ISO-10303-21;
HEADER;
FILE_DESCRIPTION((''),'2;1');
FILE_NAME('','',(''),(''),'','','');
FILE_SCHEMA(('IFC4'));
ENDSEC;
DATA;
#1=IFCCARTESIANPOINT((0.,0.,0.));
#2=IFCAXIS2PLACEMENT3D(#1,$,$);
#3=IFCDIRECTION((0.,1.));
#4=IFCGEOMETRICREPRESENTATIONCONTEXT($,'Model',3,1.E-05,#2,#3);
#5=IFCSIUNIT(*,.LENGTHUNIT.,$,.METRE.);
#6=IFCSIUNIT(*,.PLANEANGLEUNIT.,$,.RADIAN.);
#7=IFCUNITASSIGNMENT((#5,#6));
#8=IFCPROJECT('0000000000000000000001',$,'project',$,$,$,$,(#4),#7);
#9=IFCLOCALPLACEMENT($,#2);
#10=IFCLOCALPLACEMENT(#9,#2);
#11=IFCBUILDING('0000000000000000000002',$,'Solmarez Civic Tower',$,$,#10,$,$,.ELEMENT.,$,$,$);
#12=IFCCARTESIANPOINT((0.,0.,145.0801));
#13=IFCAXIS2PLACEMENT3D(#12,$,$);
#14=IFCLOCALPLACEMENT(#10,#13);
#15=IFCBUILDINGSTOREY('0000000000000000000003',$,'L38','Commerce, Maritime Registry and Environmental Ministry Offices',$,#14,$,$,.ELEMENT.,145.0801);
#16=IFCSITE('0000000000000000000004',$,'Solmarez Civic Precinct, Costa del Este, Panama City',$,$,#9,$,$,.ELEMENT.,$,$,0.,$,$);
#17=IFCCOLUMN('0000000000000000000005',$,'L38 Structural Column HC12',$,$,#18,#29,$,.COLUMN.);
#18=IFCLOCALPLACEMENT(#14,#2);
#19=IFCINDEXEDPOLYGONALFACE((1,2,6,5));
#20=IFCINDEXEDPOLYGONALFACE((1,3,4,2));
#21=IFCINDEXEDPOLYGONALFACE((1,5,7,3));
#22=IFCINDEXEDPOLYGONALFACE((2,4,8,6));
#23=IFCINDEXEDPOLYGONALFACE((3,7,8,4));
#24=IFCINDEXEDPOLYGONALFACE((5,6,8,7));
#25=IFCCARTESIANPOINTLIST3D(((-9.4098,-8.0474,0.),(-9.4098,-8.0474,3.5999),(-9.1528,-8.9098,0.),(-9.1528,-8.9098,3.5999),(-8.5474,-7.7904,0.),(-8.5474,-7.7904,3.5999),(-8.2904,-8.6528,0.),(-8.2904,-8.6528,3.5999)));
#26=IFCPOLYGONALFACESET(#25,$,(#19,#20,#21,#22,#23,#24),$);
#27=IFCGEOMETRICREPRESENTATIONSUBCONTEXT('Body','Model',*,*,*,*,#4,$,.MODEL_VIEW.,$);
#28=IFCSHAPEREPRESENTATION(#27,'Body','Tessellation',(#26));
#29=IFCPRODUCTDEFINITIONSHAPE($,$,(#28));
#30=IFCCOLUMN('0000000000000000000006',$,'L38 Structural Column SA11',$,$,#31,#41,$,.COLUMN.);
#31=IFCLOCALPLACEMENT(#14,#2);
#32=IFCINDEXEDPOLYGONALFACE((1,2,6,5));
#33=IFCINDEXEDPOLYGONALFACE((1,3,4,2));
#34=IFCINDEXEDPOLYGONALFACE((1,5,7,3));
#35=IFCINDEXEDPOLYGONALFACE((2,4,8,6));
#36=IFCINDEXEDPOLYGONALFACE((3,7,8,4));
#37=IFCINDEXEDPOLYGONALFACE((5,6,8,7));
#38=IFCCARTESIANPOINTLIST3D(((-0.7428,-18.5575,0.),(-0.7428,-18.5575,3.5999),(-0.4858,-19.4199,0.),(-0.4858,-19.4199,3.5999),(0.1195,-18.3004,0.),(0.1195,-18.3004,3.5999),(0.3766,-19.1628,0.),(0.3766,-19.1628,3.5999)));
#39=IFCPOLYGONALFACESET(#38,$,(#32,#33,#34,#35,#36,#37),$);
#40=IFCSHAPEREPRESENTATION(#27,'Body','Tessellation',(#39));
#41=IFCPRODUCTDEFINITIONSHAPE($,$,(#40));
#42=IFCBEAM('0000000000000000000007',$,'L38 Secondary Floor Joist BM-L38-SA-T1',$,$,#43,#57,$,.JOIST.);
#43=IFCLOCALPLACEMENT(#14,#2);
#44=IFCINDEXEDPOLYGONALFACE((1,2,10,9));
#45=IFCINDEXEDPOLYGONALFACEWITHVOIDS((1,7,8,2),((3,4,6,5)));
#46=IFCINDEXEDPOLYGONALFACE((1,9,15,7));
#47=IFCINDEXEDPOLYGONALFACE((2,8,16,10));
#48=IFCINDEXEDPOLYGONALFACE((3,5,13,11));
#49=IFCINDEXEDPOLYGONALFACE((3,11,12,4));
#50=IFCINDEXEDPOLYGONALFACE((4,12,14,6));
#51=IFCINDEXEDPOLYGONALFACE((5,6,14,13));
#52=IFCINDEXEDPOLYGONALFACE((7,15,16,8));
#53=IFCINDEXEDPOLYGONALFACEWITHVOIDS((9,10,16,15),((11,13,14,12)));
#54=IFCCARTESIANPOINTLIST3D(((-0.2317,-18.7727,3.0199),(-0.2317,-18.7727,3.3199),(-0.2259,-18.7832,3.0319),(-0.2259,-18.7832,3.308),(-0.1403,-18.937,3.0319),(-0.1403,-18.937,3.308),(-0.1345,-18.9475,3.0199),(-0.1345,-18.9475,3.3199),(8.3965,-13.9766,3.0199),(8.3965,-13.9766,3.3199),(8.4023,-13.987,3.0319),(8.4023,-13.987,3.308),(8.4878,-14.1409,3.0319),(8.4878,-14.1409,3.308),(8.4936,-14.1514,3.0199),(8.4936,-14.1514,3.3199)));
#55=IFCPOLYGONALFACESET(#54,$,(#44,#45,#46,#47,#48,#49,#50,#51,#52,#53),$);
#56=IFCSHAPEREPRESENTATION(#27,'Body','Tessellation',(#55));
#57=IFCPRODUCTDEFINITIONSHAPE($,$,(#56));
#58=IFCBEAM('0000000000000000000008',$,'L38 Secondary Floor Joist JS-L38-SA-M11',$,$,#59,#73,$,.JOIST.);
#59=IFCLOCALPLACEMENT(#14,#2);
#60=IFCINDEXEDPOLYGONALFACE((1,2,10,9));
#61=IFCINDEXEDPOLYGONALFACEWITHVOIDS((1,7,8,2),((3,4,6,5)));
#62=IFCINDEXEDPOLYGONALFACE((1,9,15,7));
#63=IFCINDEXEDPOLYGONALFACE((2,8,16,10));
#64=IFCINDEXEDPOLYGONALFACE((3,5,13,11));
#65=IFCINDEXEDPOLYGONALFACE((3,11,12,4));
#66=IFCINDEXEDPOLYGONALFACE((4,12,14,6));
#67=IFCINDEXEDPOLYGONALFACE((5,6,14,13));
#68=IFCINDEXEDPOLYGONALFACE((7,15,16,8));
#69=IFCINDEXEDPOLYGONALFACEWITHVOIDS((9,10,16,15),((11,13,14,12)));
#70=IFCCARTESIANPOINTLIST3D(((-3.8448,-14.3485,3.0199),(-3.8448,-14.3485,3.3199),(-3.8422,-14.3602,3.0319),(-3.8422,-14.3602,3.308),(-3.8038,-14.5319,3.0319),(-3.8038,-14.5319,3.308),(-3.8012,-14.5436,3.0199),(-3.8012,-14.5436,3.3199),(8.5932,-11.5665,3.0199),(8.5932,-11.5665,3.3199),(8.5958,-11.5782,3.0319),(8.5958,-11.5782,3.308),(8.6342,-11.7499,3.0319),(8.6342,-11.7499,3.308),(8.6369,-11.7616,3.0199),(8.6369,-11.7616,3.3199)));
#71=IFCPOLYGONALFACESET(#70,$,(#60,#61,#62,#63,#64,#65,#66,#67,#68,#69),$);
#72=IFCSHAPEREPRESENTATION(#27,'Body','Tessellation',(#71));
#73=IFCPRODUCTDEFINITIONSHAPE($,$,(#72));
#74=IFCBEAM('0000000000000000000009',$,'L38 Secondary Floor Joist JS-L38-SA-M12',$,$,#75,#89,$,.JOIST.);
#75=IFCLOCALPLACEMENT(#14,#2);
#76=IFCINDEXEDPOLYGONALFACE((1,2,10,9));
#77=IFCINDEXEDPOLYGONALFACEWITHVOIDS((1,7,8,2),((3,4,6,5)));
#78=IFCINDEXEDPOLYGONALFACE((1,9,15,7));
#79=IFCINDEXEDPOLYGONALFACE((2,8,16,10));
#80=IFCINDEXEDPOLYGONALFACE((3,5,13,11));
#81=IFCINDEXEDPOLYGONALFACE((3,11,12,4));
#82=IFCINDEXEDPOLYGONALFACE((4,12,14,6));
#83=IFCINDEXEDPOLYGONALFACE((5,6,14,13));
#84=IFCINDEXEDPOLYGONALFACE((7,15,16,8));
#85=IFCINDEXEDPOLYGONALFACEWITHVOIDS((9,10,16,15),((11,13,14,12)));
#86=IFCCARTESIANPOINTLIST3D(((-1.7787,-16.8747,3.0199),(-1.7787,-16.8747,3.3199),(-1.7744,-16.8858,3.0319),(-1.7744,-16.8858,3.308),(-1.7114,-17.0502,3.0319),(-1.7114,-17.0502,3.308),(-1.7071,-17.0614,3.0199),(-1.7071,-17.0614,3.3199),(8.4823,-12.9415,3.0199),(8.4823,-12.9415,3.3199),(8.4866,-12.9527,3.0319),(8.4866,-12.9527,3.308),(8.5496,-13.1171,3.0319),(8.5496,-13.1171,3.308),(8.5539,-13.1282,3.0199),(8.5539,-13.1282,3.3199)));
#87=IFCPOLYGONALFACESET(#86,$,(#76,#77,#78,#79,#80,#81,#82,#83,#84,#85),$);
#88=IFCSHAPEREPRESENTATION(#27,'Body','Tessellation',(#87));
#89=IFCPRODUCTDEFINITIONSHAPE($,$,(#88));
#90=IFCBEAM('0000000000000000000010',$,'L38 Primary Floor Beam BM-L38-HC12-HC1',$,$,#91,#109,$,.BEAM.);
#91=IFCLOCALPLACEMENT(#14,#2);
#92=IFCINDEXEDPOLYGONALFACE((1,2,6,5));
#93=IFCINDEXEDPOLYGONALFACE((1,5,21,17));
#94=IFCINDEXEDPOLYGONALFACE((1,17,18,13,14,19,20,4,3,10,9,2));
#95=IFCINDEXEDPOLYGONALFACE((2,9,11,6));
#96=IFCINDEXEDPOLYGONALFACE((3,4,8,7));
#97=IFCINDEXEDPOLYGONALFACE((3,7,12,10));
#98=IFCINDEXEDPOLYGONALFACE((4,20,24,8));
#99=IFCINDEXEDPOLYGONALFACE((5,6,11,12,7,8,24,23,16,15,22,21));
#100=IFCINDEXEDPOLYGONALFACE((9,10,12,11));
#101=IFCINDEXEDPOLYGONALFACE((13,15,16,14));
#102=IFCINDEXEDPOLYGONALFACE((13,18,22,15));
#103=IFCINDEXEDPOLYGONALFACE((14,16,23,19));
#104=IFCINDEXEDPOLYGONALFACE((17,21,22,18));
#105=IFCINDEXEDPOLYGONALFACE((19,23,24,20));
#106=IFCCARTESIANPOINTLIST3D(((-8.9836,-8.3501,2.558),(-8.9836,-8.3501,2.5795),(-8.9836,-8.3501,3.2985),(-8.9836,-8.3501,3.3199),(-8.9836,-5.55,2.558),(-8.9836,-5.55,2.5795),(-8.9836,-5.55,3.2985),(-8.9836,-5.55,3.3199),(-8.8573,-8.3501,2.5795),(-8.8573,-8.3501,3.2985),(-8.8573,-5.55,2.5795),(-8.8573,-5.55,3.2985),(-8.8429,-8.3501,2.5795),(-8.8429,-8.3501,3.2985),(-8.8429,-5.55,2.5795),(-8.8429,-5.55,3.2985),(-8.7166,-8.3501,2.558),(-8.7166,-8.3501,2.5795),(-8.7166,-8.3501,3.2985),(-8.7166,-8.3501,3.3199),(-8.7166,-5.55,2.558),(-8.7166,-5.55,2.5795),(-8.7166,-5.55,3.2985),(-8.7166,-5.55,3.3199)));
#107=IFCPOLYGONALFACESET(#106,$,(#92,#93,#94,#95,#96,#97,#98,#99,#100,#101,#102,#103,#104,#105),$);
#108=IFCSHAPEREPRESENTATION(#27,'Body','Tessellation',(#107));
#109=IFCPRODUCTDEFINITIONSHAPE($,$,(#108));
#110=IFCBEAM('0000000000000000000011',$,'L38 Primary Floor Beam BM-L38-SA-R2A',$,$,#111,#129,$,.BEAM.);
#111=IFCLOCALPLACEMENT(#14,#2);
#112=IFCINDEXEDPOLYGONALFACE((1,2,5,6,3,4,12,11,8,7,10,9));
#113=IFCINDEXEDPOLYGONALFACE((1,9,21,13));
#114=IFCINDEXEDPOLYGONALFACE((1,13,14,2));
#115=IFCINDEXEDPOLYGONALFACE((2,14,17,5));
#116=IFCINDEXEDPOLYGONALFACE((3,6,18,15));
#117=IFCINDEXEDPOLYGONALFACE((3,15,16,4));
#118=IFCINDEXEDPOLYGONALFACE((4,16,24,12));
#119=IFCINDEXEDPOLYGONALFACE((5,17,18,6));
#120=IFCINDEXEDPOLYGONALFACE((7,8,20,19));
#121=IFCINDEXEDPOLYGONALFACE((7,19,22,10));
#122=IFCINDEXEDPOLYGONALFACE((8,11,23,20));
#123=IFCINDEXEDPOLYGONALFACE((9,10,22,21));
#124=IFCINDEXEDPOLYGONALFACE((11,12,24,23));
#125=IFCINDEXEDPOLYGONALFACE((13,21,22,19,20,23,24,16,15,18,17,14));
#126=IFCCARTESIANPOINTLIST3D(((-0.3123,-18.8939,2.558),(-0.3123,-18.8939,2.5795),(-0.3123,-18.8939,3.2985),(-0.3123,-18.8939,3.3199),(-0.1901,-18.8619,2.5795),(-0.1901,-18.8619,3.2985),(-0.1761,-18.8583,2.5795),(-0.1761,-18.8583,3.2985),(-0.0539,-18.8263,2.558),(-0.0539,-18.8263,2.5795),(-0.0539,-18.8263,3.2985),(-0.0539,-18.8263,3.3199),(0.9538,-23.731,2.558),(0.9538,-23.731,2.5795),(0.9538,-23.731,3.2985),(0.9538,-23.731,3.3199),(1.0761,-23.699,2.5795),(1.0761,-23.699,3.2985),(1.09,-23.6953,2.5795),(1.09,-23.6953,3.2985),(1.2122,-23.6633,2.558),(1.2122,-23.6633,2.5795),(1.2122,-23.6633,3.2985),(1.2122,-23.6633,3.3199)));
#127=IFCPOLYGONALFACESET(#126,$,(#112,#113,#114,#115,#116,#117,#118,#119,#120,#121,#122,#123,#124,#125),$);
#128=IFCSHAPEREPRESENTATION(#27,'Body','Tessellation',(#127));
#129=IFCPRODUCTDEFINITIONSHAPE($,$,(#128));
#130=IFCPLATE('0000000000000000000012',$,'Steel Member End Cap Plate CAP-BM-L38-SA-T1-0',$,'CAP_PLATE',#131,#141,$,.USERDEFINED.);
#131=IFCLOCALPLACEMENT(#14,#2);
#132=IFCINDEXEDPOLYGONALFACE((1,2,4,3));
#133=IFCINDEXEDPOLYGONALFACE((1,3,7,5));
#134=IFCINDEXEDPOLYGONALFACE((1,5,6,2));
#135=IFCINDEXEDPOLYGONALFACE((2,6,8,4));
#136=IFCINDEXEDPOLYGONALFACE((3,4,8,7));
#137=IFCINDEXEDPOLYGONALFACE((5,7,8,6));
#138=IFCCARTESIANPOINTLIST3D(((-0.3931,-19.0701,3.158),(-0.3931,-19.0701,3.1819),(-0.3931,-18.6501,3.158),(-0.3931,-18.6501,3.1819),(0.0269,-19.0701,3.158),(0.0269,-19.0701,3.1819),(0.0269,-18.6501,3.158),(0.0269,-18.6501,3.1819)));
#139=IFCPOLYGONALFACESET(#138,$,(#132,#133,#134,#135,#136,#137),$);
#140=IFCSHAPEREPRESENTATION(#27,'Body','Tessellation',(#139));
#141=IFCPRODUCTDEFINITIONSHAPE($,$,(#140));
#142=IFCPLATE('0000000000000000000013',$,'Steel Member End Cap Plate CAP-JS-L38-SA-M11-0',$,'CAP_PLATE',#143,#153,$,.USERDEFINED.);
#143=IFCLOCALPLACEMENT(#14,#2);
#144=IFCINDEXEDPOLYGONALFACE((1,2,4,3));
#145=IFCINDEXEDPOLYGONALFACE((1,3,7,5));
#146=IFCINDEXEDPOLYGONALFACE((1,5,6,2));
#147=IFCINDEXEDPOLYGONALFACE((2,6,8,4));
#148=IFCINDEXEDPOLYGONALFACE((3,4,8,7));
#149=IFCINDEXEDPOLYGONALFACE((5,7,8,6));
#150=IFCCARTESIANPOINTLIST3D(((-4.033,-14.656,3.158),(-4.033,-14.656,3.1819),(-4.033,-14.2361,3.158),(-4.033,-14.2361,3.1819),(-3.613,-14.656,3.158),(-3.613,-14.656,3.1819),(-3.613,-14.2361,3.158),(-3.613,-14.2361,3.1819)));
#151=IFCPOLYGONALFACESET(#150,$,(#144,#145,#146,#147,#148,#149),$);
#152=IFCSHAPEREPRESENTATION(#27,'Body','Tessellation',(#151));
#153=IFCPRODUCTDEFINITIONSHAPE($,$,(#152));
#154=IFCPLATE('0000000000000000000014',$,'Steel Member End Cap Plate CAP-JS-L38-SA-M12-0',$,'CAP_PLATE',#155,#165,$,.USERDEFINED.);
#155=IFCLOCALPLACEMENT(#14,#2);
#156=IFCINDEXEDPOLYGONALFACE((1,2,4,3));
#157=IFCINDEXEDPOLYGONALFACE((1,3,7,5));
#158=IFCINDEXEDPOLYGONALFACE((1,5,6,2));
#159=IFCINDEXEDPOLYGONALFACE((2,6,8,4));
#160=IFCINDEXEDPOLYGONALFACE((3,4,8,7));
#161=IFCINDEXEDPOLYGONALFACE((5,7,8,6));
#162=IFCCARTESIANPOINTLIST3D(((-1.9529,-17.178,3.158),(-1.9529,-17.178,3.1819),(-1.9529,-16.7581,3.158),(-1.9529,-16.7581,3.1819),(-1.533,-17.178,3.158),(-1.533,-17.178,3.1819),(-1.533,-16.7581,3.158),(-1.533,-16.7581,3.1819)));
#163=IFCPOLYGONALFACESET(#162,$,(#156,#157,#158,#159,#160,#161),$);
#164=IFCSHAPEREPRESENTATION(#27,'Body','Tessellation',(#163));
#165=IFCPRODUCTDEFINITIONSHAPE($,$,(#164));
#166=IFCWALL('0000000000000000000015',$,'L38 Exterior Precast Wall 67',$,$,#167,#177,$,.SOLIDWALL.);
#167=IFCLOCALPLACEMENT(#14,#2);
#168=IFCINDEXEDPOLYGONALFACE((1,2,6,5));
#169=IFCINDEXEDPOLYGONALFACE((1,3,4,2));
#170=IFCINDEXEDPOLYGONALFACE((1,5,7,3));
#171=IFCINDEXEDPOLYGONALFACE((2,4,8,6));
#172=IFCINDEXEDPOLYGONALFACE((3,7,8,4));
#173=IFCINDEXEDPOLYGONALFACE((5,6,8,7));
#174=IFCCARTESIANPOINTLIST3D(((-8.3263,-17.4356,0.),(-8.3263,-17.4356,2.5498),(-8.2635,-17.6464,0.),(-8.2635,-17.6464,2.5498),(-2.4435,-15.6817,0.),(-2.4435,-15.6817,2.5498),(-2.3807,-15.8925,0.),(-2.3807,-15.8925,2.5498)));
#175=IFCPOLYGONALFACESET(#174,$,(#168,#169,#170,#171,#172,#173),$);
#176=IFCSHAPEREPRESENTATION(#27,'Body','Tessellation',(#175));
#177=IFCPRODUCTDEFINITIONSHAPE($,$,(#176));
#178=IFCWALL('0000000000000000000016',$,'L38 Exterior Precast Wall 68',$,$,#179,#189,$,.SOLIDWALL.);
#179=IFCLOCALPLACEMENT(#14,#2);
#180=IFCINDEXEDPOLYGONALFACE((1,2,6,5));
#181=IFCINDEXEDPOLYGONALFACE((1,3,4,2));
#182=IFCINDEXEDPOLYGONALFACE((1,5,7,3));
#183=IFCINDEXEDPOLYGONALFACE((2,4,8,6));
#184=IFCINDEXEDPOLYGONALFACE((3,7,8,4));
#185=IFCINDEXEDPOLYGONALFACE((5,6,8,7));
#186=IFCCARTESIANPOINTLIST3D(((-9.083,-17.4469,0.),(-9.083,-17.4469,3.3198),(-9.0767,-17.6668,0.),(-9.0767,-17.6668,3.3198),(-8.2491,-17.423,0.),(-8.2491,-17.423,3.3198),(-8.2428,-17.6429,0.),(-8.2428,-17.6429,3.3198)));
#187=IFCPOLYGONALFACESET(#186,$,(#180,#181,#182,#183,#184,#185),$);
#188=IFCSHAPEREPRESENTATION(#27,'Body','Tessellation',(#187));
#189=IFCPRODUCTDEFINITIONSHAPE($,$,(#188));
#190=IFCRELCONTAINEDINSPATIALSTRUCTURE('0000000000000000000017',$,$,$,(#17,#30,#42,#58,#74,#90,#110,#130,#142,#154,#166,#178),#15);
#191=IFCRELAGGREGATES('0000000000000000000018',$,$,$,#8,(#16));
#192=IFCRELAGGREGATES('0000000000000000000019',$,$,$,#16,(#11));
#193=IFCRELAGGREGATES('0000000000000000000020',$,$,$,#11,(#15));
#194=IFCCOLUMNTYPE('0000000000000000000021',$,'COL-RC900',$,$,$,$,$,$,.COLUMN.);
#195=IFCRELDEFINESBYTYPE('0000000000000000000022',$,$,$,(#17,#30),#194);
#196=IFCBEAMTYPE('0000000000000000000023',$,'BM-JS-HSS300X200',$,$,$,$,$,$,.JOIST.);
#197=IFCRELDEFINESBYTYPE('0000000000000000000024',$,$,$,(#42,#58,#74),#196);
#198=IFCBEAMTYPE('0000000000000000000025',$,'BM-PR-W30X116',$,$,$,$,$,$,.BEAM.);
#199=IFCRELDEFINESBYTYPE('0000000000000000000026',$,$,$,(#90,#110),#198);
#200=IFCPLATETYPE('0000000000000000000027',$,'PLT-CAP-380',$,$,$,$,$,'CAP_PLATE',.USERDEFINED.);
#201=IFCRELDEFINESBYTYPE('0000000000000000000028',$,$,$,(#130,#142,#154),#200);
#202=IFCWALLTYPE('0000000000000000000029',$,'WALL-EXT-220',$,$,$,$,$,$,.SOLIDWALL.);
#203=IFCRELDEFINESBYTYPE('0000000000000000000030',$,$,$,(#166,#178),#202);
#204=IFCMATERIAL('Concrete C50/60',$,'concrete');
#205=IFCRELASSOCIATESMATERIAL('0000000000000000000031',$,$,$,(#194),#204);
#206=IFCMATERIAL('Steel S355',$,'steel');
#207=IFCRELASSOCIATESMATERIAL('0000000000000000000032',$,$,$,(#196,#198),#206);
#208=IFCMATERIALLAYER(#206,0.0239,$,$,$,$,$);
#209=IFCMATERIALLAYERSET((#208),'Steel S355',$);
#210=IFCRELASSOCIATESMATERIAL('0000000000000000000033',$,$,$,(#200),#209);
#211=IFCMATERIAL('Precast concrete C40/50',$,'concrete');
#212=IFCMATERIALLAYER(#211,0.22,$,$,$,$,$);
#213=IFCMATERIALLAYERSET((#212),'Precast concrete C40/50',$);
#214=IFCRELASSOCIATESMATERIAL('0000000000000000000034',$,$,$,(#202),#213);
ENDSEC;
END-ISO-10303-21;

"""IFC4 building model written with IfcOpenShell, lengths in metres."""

from ifc_helpers import new_model, si_unit, direction, frame, frame_2d, origin, origin_2d, place, context, subcontext, project, spatial, rectangle, hollow_rectangle, i_section, extrude, material, layer, layer_set, material_profile, profile_set, type_object, element, save


model = new_model("IFC4")

# Units and contexts
model_context = context("Model", 3, precision=1e-05, world=origin(), true_north=direction((0.0, 1.0)))
body_context = subcontext(model_context, "Body", "Model", "MODEL_VIEW")
ifc_project = project(units=[si_unit("LENGTHUNIT", "METRE"), si_unit("PLANEANGLEUNIT", "RADIAN")], contexts=[model_context])

# Site, building, storey
site_placement = place(None, origin())
site = spatial("IfcSite", under=ifc_project, at=site_placement, Name="Solmarez Civic Precinct, Costa del Este, Panama City", CompositionType="ELEMENT", RefElevation=0.0)
building_placement = place(site_placement, origin())
building = spatial("IfcBuilding", under=site, at=building_placement, Name="Solmarez Civic Tower", CompositionType="ELEMENT")
storey_placement = place(building_placement, frame((0.0, 0.0, 145.0801)))
storey = spatial("IfcBuildingStorey", under=building, at=storey_placement, Name="L38", Description="Commerce, Maritime Registry and Environmental Ministry Offices", CompositionType="ELEMENT", Elevation=145.0801)

# Columns
ifc_material_1 = material(Name="Concrete C50/60", Category="concrete")
ifc_material_profile_1 = material_profile(ifc_material_1, rectangle(XDim=0.8999, YDim=0.8999, at=origin_2d()), Name="RC900X900")
ifc_profile_set_1 = profile_set([ifc_material_profile_1], Name="Concrete C50/60")
column_type = type_object("IfcColumnType", Name="COL-RC900", PredefinedType="COLUMN", material=ifc_profile_set_1)
for number, where, z_axis, x_axis, name in (
    (1, (-8.8501, -8.3501, 0.0), (0.0, 0.0, 1.0), (0.958323, 0.285688, 0.0), "L38 Structural Column HC12"),
    (2, (-0.1831, -18.8601, 0.0), (0.0, 0.0, 1.0), (0.958323, 0.285688, 0.0), "L38 Structural Column SA11"),
):
    element("IfcColumn", number, at=place(storey_placement, frame(where, z_axis=z_axis, x_axis=x_axis)), inside=storey, type_object=column_type, Name=name, PredefinedType="COLUMN", context=body_context, shape_type="SweptSolid", body=[
        extrude(rectangle(XDim=0.8999, YDim=0.8999, at=origin_2d()), origin(), (0.0, 0.0, 1.0), 3.5999),
    ])

# Beams
ifc_material_2 = material(Name="Steel S355", Category="steel")
ifc_material_profile_2 = material_profile(ifc_material_2, hollow_rectangle(XDim=0.2, YDim=0.3, WallThickness=0.012, at=origin_2d()), Name="HSS300X200X12")
ifc_profile_set_2 = profile_set([ifc_material_profile_2], Name="Steel S355")
beam_type_1 = type_object("IfcBeamType", Name="BM-JS-HSS300X200", PredefinedType="JOIST", material=ifc_profile_set_2)
beam_1_placement = place(storey_placement, frame((-0.1831, -18.8601, 3.1699), z_axis=(0.874041, 0.485853, 0.0), x_axis=(-0.485853, 0.874041, 0.0)))
element("IfcBeam", 3, at=beam_1_placement, inside=storey, type_object=beam_type_1, Name="L38 Secondary Floor Joist BM-L38-SA-T1", PredefinedType="JOIST", context=body_context, shape_type="SweptSolid", body=[
    extrude(hollow_rectangle(XDim=0.2, YDim=0.3, WallThickness=0.012, at=origin_2d()), origin(), (0.0, 0.0, 1.0), 9.8716),
])
beam_2_placement = place(storey_placement, frame((-3.823, -14.446, 3.1699), z_axis=(0.975887, 0.218275, 0.0), x_axis=(-0.218275, 0.975887, 0.0)))
element("IfcBeam", 4, at=beam_2_placement, inside=storey, type_object=beam_type_1, Name="L38 Secondary Floor Joist JS-L38-SA-M11", PredefinedType="JOIST", context=body_context, shape_type="SweptSolid", body=[
    extrude(hollow_rectangle(XDim=0.2, YDim=0.3, WallThickness=0.012, at=origin_2d()), origin(), (0.0, 0.0, 1.0), 12.7454),
])
beam_3_placement = place(storey_placement, frame((-1.7429, -16.968, 3.1699), z_axis=(0.933754, 0.357914, 0.0), x_axis=(-0.357914, 0.933754, 0.0)))
element("IfcBeam", 5, at=beam_3_placement, inside=storey, type_object=beam_type_1, Name="L38 Secondary Floor Joist JS-L38-SA-M12", PredefinedType="JOIST", context=body_context, shape_type="SweptSolid", body=[
    extrude(hollow_rectangle(XDim=0.2, YDim=0.3, WallThickness=0.012, at=origin_2d()), origin(), (0.0, 0.0, 1.0), 10.989),
])
ifc_material_profile_3 = material_profile(ifc_material_2, i_section(OverallWidth=0.2671, OverallDepth=0.762, WebThickness=0.0144, FlangeThickness=0.0215, at=origin_2d()), Name="W30X116")
ifc_profile_set_3 = profile_set([ifc_material_profile_3], Name="Steel S355")
beam_type_2 = type_object("IfcBeamType", Name="BM-PR-W30X116", PredefinedType="BEAM", material=ifc_profile_set_3)
beam_4_placement = place(storey_placement, frame((-8.8501, -8.3501, 2.939), z_axis=(0.0, 1.0, 0.0), x_axis=(-1.0, 0.0, 0.0)))
element("IfcBeam", 6, at=beam_4_placement, inside=storey, type_object=beam_type_2, Name="L38 Primary Floor Beam BM-L38-HC12-HC1", PredefinedType="BEAM", context=body_context, shape_type="SweptSolid", body=[
    extrude(i_section(OverallWidth=0.2671, OverallDepth=0.762, WebThickness=0.0144, FlangeThickness=0.0215, at=origin_2d()), origin(), (0.0, 0.0, 1.0), 2.8),
])
beam_5_placement = place(storey_placement, frame((-0.1831, -18.8601, 2.939), z_axis=(0.253229, -0.967406, 0.0), x_axis=(0.967406, 0.253229, 0.0)))
element("IfcBeam", 7, at=beam_5_placement, inside=storey, type_object=beam_type_2, Name="L38 Primary Floor Beam BM-L38-SA-R2A", PredefinedType="BEAM", context=body_context, shape_type="SweptSolid", body=[
    extrude(i_section(OverallWidth=0.2671, OverallDepth=0.762, WebThickness=0.0144, FlangeThickness=0.0215, at=origin_2d()), origin(), (0.0, 0.0, 1.0), 5.0),
])

# Plates
ifc_layer_1 = layer(ifc_material_2, 0.0239)
ifc_layer_set_1 = layer_set([ifc_layer_1], Name="Steel S355")
plate_type = type_object("IfcPlateType", Name="PLT-CAP-380", ElementType="CAP_PLATE", PredefinedType="USERDEFINED", material=ifc_layer_set_1)
for number, where, z_axis, x_axis, name in (
    (8, (-0.1831, -18.8601, 3.158), (0.0, 0.0, 1.0), (1.0, 0.0, 0.0), "Steel Member End Cap Plate CAP-BM-L38-SA-T1-0"),
    (9, (-3.823, -14.446, 3.158), (0.0, 0.0, 1.0), (1.0, 0.0, 0.0), "Steel Member End Cap Plate CAP-JS-L38-SA-M11-0"),
    (10, (-1.7429, -16.968, 3.158), (0.0, 0.0, 1.0), (1.0, 0.0, 0.0), "Steel Member End Cap Plate CAP-JS-L38-SA-M12-0"),
):
    element("IfcPlate", number, at=place(storey_placement, frame(where, z_axis=z_axis, x_axis=x_axis)), inside=storey, type_object=plate_type, Name=name, ObjectType="CAP_PLATE", PredefinedType="USERDEFINED", context=body_context, shape_type="SweptSolid", body=[
        extrude(rectangle(XDim=0.4199, YDim=0.4199, at=origin_2d()), origin(), (0.0, 0.0, 1.0), 0.0239),
    ])

# Walls
ifc_material_3 = material(Name="Precast concrete C40/50", Category="concrete")
ifc_layer_2 = layer(ifc_material_3, 0.22)
ifc_layer_set_2 = layer_set([ifc_layer_2], Name="Precast concrete C40/50")
wall_type_1 = type_object("IfcWallType", Name="WALL-EXT-220", PredefinedType="SOLIDWALL", material=ifc_layer_set_2)
wall_1_placement = place(storey_placement, frame((-2.4121, -15.7871, 0.0), z_axis=(0.0, 0.0, 1.0), x_axis=(-0.958315, -0.285713, 0.0)))
element("IfcWall", 11, at=wall_1_placement, inside=storey, type_object=wall_type_1, Name="L38 Exterior Precast Wall 67", PredefinedType="SOLIDWALL", context=body_context, shape_type="SweptSolid", body=[
    extrude(rectangle(XDim=6.1387, YDim=0.22, at=frame_2d((3.0693, 0.0))), origin(), (0.0, 0.0, 1.0), 2.5498),
])
wall_2_placement = place(storey_placement, frame((-8.2461, -17.533, 0.0), z_axis=(0.0, 0.0, 1.0), x_axis=(-0.999589, -0.028677, 0.0)))
element("IfcWall", 12, at=wall_2_placement, inside=storey, type_object=wall_type_1, Name="L38 Exterior Precast Wall 68", PredefinedType="SOLIDWALL", context=body_context, shape_type="SweptSolid", body=[
    extrude(rectangle(XDim=0.8342, YDim=0.22, at=frame_2d((0.417, 0.0))), origin(), (0.0, 0.0, 1.0), 3.3198),
])

save(model, "model.ifc")
